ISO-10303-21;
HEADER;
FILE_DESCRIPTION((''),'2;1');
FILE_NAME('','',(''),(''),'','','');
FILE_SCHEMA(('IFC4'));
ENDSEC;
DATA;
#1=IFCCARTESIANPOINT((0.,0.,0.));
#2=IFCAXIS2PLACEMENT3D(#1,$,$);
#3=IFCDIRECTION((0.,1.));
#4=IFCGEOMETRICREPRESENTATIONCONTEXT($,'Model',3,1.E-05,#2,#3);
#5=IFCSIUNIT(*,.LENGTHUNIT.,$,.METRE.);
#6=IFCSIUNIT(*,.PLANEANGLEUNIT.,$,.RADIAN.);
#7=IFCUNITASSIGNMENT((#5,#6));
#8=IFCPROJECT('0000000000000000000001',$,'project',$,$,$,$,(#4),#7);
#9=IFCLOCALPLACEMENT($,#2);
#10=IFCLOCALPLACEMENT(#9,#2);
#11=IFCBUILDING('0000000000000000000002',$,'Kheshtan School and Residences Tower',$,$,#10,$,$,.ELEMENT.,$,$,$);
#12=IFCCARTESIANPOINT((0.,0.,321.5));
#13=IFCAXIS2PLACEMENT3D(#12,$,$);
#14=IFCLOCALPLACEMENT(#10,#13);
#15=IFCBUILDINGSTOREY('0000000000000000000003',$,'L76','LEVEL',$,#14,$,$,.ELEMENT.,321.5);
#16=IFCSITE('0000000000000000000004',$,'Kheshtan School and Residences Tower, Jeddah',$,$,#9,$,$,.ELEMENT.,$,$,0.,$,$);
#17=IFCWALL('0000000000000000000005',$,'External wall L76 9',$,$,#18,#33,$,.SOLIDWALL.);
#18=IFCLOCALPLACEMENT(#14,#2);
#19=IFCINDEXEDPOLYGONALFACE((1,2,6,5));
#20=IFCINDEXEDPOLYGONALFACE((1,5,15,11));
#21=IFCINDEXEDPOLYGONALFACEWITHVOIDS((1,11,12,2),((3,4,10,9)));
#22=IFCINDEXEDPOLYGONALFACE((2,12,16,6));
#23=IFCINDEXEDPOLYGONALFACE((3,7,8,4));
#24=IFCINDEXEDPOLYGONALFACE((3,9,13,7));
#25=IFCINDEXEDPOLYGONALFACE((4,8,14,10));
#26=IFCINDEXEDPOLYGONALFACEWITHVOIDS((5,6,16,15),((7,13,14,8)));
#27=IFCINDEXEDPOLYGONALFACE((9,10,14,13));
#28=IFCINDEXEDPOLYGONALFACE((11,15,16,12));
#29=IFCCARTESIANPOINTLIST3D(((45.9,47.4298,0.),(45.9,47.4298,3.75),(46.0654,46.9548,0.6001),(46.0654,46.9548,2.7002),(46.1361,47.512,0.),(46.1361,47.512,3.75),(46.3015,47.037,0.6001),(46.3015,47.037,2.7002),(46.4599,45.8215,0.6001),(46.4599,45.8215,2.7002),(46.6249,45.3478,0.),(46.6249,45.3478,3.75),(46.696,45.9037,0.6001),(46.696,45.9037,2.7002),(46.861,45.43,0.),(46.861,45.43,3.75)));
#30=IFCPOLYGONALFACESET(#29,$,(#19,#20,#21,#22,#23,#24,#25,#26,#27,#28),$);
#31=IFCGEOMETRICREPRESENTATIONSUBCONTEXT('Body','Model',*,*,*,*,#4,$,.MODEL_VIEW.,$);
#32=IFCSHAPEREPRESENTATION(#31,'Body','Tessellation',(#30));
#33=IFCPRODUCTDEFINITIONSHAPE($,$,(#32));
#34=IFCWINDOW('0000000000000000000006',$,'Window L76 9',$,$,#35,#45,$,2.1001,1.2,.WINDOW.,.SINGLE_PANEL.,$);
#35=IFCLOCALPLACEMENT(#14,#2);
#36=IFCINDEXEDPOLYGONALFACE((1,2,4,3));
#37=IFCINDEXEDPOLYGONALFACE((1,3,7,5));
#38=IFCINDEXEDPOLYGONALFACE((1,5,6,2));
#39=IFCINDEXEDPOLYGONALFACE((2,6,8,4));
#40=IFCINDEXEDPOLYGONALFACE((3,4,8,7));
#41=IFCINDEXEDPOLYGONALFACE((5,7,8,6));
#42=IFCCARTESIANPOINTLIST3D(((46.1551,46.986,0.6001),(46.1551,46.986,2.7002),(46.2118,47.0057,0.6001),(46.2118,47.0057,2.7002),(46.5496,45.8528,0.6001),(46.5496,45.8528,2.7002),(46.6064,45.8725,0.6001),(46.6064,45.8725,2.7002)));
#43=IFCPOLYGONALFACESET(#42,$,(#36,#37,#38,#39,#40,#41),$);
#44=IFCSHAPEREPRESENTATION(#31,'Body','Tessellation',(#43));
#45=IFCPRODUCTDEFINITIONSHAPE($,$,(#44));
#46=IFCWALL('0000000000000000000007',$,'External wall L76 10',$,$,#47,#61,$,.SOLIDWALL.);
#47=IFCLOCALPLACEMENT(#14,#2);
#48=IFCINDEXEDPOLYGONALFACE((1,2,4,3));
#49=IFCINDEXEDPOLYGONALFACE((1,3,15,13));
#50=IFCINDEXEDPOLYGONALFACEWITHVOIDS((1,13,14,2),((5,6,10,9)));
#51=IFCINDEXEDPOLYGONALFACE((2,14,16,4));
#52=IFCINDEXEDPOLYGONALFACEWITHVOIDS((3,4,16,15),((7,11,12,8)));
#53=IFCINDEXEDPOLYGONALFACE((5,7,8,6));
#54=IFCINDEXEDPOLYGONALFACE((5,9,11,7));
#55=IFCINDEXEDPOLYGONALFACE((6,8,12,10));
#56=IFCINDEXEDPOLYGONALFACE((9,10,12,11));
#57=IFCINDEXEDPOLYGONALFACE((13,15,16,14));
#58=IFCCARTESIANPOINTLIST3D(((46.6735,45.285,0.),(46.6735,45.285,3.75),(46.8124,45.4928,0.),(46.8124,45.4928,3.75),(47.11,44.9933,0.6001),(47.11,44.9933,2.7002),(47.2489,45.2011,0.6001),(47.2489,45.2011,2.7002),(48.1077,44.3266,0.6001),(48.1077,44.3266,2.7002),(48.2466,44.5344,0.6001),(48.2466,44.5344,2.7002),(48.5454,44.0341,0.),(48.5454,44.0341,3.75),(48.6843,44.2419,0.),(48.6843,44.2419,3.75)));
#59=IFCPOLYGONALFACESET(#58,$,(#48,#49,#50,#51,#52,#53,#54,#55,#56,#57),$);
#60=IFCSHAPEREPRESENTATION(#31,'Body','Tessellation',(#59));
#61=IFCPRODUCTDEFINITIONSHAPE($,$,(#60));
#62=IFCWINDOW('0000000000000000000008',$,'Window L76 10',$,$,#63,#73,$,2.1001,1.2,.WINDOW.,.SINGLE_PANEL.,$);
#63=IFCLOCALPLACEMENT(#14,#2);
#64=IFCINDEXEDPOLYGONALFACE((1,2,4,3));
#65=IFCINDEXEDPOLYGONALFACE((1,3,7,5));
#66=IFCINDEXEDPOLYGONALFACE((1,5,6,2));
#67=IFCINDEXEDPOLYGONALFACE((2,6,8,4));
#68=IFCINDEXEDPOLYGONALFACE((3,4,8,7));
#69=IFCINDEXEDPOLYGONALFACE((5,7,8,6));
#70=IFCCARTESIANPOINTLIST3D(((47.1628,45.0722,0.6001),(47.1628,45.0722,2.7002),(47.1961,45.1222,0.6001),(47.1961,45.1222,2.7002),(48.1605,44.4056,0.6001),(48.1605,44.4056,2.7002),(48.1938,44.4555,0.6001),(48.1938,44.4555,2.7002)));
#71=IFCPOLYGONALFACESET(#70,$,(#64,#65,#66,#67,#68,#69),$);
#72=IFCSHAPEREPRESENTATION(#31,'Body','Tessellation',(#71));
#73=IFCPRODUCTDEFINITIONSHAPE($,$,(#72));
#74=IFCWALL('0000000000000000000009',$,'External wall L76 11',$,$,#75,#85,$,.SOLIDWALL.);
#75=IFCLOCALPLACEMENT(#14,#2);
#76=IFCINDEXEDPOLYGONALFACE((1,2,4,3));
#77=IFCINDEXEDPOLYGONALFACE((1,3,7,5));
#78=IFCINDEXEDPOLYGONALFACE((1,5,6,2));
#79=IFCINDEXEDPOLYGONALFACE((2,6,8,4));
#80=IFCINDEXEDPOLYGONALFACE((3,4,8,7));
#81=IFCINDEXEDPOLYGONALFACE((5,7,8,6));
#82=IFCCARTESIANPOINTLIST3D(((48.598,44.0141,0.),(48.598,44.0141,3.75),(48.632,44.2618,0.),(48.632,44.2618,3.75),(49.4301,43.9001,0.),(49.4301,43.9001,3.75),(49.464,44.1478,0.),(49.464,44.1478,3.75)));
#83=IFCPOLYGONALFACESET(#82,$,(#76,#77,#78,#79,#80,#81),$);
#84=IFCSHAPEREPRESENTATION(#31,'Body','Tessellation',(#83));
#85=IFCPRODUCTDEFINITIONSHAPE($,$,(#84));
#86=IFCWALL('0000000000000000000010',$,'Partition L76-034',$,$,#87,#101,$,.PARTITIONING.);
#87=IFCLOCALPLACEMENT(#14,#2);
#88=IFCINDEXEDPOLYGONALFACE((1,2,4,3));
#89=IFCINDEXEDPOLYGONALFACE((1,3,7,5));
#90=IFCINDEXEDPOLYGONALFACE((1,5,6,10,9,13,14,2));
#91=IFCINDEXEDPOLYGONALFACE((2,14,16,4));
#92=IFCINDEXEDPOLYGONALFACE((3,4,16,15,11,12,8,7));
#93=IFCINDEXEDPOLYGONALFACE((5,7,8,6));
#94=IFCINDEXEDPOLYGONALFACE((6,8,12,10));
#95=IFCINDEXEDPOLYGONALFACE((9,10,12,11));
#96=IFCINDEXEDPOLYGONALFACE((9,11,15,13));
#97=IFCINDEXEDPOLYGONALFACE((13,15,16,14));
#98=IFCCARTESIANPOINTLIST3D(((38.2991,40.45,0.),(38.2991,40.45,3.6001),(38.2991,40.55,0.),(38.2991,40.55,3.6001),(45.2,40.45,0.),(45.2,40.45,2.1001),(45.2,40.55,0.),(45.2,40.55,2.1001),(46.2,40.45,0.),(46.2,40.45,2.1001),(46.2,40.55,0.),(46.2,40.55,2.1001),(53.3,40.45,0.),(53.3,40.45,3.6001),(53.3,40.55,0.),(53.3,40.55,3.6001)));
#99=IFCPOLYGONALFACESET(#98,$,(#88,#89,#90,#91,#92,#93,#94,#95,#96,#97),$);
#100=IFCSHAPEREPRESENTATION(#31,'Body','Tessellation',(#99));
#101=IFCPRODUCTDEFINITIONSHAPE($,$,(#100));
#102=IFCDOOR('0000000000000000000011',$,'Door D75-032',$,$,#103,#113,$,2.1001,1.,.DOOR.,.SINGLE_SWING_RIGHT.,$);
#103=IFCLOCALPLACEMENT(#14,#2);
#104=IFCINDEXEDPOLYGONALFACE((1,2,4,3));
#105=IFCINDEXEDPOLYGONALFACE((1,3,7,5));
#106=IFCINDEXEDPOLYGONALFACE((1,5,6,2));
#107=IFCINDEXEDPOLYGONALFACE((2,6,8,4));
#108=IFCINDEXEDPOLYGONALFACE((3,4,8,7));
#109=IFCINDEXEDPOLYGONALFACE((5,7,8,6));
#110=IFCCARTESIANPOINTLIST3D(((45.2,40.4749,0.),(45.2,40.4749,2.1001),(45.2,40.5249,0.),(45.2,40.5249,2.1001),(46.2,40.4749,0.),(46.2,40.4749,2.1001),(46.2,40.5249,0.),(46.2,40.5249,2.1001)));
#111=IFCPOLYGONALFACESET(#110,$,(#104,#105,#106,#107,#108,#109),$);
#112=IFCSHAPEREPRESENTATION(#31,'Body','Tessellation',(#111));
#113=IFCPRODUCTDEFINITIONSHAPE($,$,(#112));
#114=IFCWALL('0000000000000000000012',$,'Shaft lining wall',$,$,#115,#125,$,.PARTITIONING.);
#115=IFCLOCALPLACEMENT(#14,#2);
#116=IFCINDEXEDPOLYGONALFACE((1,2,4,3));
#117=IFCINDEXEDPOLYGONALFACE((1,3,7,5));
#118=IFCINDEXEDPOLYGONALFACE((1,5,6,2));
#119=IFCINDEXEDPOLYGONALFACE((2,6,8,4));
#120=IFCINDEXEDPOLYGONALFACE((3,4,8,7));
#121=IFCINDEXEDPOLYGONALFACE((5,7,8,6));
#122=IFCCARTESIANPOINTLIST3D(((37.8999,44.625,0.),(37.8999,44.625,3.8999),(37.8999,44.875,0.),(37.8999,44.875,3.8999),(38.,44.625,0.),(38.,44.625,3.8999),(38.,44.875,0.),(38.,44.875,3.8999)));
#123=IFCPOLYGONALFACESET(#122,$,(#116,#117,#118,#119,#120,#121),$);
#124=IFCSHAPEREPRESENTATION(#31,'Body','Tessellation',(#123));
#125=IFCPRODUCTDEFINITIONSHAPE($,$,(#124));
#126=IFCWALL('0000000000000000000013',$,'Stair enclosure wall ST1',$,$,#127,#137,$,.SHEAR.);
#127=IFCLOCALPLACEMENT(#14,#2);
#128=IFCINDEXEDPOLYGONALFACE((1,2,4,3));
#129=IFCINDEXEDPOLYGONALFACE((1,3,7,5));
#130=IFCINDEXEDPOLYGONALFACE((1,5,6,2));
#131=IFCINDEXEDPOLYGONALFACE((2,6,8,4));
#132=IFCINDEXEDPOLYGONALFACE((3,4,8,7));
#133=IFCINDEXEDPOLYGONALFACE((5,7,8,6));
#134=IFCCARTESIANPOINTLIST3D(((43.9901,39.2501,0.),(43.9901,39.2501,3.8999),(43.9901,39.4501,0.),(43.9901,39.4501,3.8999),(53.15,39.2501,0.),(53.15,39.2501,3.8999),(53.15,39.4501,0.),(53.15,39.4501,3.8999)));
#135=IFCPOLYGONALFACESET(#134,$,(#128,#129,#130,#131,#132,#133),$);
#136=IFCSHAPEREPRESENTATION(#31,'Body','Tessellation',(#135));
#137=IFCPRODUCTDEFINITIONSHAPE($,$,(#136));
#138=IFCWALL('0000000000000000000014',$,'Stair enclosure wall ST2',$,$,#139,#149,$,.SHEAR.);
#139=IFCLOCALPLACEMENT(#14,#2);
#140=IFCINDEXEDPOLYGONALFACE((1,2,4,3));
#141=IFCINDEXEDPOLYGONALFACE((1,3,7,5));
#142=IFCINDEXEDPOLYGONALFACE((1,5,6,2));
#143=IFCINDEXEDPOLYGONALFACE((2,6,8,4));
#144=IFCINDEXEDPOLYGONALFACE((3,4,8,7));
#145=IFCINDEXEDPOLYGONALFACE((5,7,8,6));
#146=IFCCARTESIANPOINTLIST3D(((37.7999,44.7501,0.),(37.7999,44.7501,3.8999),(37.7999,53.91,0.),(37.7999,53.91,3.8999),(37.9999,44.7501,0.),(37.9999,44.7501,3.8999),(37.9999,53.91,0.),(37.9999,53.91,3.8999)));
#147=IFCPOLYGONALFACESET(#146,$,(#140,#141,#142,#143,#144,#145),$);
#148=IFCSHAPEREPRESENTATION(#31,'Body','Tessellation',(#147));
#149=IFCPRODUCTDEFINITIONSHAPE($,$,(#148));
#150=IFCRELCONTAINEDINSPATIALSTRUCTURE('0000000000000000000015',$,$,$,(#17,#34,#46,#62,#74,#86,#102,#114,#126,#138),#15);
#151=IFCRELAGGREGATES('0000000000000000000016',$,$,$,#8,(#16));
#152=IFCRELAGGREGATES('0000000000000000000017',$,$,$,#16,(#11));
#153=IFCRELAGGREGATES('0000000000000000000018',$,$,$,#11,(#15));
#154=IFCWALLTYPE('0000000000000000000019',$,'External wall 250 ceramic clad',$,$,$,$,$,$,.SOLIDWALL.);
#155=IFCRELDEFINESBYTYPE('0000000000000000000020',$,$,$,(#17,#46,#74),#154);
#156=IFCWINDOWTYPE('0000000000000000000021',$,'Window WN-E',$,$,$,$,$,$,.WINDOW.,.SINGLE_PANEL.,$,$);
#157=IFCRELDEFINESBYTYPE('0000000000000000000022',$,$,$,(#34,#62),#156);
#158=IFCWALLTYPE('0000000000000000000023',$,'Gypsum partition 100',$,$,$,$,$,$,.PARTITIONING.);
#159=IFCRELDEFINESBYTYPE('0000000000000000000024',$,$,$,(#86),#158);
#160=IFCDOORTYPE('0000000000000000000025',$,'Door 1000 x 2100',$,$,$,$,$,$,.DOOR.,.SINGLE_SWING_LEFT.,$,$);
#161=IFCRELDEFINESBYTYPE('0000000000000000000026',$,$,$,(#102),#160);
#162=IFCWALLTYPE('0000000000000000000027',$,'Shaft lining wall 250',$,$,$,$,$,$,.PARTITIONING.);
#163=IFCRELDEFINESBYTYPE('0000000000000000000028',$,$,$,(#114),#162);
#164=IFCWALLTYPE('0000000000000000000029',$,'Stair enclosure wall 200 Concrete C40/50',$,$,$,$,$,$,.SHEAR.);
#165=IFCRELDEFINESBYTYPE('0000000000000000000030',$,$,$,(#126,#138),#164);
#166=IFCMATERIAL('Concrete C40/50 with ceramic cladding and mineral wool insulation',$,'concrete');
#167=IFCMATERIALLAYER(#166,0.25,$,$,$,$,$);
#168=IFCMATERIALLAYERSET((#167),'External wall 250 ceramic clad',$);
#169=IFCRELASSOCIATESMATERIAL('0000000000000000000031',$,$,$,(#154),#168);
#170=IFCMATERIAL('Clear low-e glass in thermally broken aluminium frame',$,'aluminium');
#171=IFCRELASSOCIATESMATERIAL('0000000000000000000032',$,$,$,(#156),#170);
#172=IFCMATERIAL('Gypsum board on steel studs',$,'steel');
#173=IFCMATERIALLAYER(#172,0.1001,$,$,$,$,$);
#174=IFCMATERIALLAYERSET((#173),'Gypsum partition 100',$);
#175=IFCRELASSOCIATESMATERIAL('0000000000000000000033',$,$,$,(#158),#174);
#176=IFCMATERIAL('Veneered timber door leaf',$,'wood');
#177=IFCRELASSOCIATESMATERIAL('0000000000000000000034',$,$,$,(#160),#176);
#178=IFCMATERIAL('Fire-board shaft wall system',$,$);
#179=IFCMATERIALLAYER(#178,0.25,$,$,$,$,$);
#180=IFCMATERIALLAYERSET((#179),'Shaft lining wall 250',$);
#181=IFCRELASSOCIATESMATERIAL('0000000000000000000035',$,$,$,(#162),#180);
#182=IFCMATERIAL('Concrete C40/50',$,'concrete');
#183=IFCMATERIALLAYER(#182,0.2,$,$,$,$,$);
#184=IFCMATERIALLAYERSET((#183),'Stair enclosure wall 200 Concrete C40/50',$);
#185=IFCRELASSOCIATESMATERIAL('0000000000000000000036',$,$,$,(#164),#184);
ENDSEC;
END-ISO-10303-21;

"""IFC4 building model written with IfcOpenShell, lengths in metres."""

from ifc_helpers import new_model, si_unit, direction, frame, frame_2d, origin, place, context, subcontext, project, spatial, rectangle, extrude, source, transform, mapped, material, layer, layer_set, type_object, element, fill, save


model = new_model("IFC4")

# Units and contexts
model_context = context("Model", 3, precision=1e-05, world=origin(), true_north=direction((0.0, 1.0)))
body_context = subcontext(model_context, "Body", "Model", "MODEL_VIEW")
ifc_project = project(units=[si_unit("LENGTHUNIT", "METRE"), si_unit("PLANEANGLEUNIT", "RADIAN")], contexts=[model_context])

# Site, building, storey
site_placement = place(None, origin())
site = spatial("IfcSite", under=ifc_project, at=site_placement, Name="Kheshtan School and Residences Tower, Jeddah", CompositionType="ELEMENT", RefElevation=0.0)
building_placement = place(site_placement, origin())
building = spatial("IfcBuilding", under=site, at=building_placement, Name="Kheshtan School and Residences Tower", CompositionType="ELEMENT")
storey_placement = place(building_placement, frame((0.0, 0.0, 321.5)))
storey = spatial("IfcBuildingStorey", under=building, at=storey_placement, Name="L76", Description="LEVEL", CompositionType="ELEMENT", Elevation=321.5)

# Shared definitions
ifc_material_1 = material(Name="Clear low-e glass in thermally broken aluminium frame", Category="aluminium")

# Walls, openings, windows
ifc_material_2 = material(Name="Concrete C40/50 with ceramic cladding and mineral wool insulation", Category="concrete")
ifc_layer_1 = layer(ifc_material_2, 0.25)
ifc_layer_set_1 = layer_set([ifc_layer_1], Name="External wall 250 ceramic clad")
wall_type_1 = type_object("IfcWallType", Name="External wall 250 ceramic clad", PredefinedType="SOLIDWALL", material=ifc_layer_set_1)
wall_1_placement = place(storey_placement, frame((46.0181, 47.4709, 0.0), z_axis=(0.0, 0.0, 1.0), x_axis=(0.328791, -0.944403, 0.0)))
wall_1 = element("IfcWall", 1, at=wall_1_placement, inside=storey, type_object=wall_type_1, Name="External wall L76 9", PredefinedType="SOLIDWALL", context=body_context, shape_type="SweptSolid", body=[
    extrude(rectangle(XDim=2.2046, YDim=0.25, at=frame_2d((1.1023, 0.0))), origin(), (0.0, 0.0, 1.0), 3.75),
])
opening_1_placement = place(wall_1_placement, frame((0.5029, 0.0, 0.6001)))
opening_1 = element("IfcOpeningElement", 2, at=opening_1_placement, cuts=wall_1, PredefinedType="OPENING", context=body_context, shape_type="SweptSolid", body=[
    extrude(rectangle(XDim=1.2, YDim=2.1001, at=frame_2d((0.6001, 1.05))), frame((0.0, 0.135, 0.0), z_axis=(0.0, -1.0, 0.0), x_axis=(1.0, 0.0, 0.0)), (0.0, 0.0, 1.0), 0.27),
])
window_type = type_object("IfcWindowType", Name="Window WN-E", PartitioningType="SINGLE_PANEL", PredefinedType="WINDOW", material=ifc_material_1)
shared_shape_1 = source(origin(), body_context, "Body", "SweptSolid", [
    extrude(rectangle(XDim=1.2, YDim=2.1001, at=frame_2d((0.6001, 1.05))), frame((0.0, 0.03, 0.0), z_axis=(0.0, -1.0, 0.0), x_axis=(1.0, 0.0, 0.0)), (0.0, 0.0, 1.0), 0.0601),
])
window_1_placement = place(opening_1_placement, origin())
window_1 = element("IfcWindow", 3, at=window_1_placement, inside=storey, type_object=window_type, Name="Window L76 9", OverallHeight=2.1001, OverallWidth=1.2, PartitioningType="SINGLE_PANEL", PredefinedType="WINDOW", context=body_context, shape_type="MappedRepresentation", body=[
    mapped(shared_shape_1, transform((0.0, 0.0, 0.0), x_axis=(1.0, 0.0, 0.0), y_axis=(0.0, 1.0, 0.0), z_axis=(0.0, 0.0, 1.0), scale=1.0)),
])
fill(opening_1, window_1)
wall_2_placement = place(storey_placement, frame((46.7429, 45.3889, 0.0), z_axis=(0.0, 0.0, 1.0), x_axis=(0.831449, -0.555601, 0.0)))
wall_2 = element("IfcWall", 4, at=wall_2_placement, inside=storey, type_object=wall_type_1, Name="External wall L76 10", PredefinedType="SOLIDWALL", context=body_context, shape_type="SweptSolid", body=[
    extrude(rectangle(XDim=2.2515, YDim=0.25, at=frame_2d((1.1257, 0.0))), origin(), (0.0, 0.0, 1.0), 3.75),
])
opening_2_placement = place(wall_2_placement, frame((0.5249, 0.0, 0.6001)))
opening_2 = element("IfcOpeningElement", 5, at=opening_2_placement, cuts=wall_2, PredefinedType="OPENING", context=body_context, shape_type="SweptSolid", body=[
    extrude(rectangle(XDim=1.2, YDim=2.1001, at=frame_2d((0.6001, 1.05))), frame((0.0, 0.135, 0.0), z_axis=(0.0, -1.0, 0.0), x_axis=(1.0, 0.0, 0.0)), (0.0, 0.0, 1.0), 0.27),
])
window_2_placement = place(opening_2_placement, origin())
window_2 = element("IfcWindow", 6, at=window_2_placement, inside=storey, type_object=window_type, Name="Window L76 10", OverallHeight=2.1001, OverallWidth=1.2, PartitioningType="SINGLE_PANEL", PredefinedType="WINDOW", context=body_context, shape_type="MappedRepresentation", body=[
    mapped(shared_shape_1, transform((0.0, 0.0, 0.0), x_axis=(1.0, 0.0, 0.0), y_axis=(0.0, 1.0, 0.0), z_axis=(0.0, 0.0, 1.0), scale=1.0)),
])
fill(opening_2, window_2)

# Wall
wall_3_placement = place(storey_placement, frame((48.615, 44.1379, 0.0), z_axis=(0.0, 0.0, 1.0), x_axis=(0.990742, -0.135762, 0.0)))
element("IfcWall", 7, at=wall_3_placement, inside=storey, type_object=wall_type_1, Name="External wall L76 11", PredefinedType="SOLIDWALL", context=body_context, shape_type="SweptSolid", body=[
    extrude(rectangle(XDim=0.8398, YDim=0.25, at=frame_2d((0.4199, 0.0))), origin(), (0.0, 0.0, 1.0), 3.75),
])

# Wall, opening, door
ifc_material_3 = material(Name="Gypsum board on steel studs", Category="steel")
ifc_layer_2 = layer(ifc_material_3, 0.1001)
ifc_layer_set_2 = layer_set([ifc_layer_2], Name="Gypsum partition 100")
wall_type_2 = type_object("IfcWallType", Name="Gypsum partition 100", PredefinedType="PARTITIONING", material=ifc_layer_set_2)
wall_4_placement = place(storey_placement, frame((38.2991, 40.5, 0.0), z_axis=(0.0, 0.0, 1.0), x_axis=(1.0, 0.0, 0.0)))
wall_4 = element("IfcWall", 8, at=wall_4_placement, inside=storey, type_object=wall_type_2, Name="Partition L76-034", PredefinedType="PARTITIONING", context=body_context, shape_type="SweptSolid", body=[
    extrude(rectangle(XDim=15.001, YDim=0.1001, at=frame_2d((7.5005, 0.0))), origin(), (0.0, 0.0, 1.0), 3.6001),
])
opening_3_placement = place(wall_4_placement, frame((6.9009, 0.0, 0.0)))
opening_3 = element("IfcOpeningElement", 9, at=opening_3_placement, cuts=wall_4, PredefinedType="OPENING", context=body_context, shape_type="SweptSolid", body=[
    extrude(rectangle(XDim=1.0, YDim=2.1001, at=frame_2d((0.5, 1.05))), frame((0.0, 0.0601, 0.0), z_axis=(0.0, -1.0, 0.0), x_axis=(1.0, 0.0, 0.0)), (0.0, 0.0, 1.0), 0.1201),
])
ifc_material_4 = material(Name="Veneered timber door leaf", Category="wood")
door_type_1 = type_object("IfcDoorType", Name="Door 1000 x 2100", OperationType="SINGLE_SWING_LEFT", PredefinedType="DOOR", material=ifc_material_4)
shared_shape_2 = source(origin(), body_context, "Body", "SweptSolid", [
    extrude(rectangle(XDim=1.0, YDim=2.1001, at=frame_2d((0.5, 1.05))), frame((0.0, 0.0249, 0.0), z_axis=(0.0, -1.0, 0.0), x_axis=(1.0, 0.0, 0.0)), (0.0, 0.0, 1.0), 0.05),
])
door_1_placement = place(opening_3_placement, origin())
door_1 = element("IfcDoor", 10, at=door_1_placement, inside=storey, type_object=door_type_1, Name="Door D75-032", OperationType="SINGLE_SWING_RIGHT", OverallHeight=2.1001, OverallWidth=1.0, PredefinedType="DOOR", context=body_context, shape_type="MappedRepresentation", body=[
    mapped(shared_shape_2, transform((0.0, 0.0, 0.0), x_axis=(1.0, 0.0, 0.0), y_axis=(0.0, 1.0, 0.0), z_axis=(0.0, 0.0, 1.0), scale=1.0)),
])
fill(opening_3, door_1)

# Walls
ifc_material_5 = material(Name="Fire-board shaft wall system")
ifc_layer_3 = layer(ifc_material_5, 0.25)
ifc_layer_set_3 = layer_set([ifc_layer_3], Name="Shaft lining wall 250")
wall_type_3 = type_object("IfcWallType", Name="Shaft lining wall 250", PredefinedType="PARTITIONING", material=ifc_layer_set_3)
wall_5_placement = place(storey_placement, frame((37.8999, 44.75, 0.0), z_axis=(0.0, 0.0, 1.0), x_axis=(1.0, 0.0, 0.0)))
element("IfcWall", 11, at=wall_5_placement, inside=storey, type_object=wall_type_3, Name="Shaft lining wall", PredefinedType="PARTITIONING", context=body_context, shape_type="SweptSolid", body=[
    extrude(rectangle(XDim=0.1001, YDim=0.25, at=frame_2d((0.05, 0.0))), origin(), (0.0, 0.0, 1.0), 3.8999),
])
ifc_material_6 = material(Name="Concrete C40/50", Category="concrete")
ifc_layer_4 = layer(ifc_material_6, 0.2)
ifc_layer_set_4 = layer_set([ifc_layer_4], Name="Stair enclosure wall 200 Concrete C40/50")
wall_type_4 = type_object("IfcWallType", Name="Stair enclosure wall 200 Concrete C40/50", PredefinedType="SHEAR", material=ifc_layer_set_4)
for number, where, z_axis, x_axis, name in (
    (12, (43.99, 39.3501, 0.0), (0.0, 0.0, 1.0), (1.0, 0.0, 0.0), "Stair enclosure wall ST1"),
    (13, (37.8999, 44.75, 0.0), (0.0, 0.0, 1.0), (0.0, 1.0, 0.0), "Stair enclosure wall ST2"),
):
    element("IfcWall", number, at=place(storey_placement, frame(where, z_axis=z_axis, x_axis=x_axis)), inside=storey, type_object=wall_type_4, Name=name, PredefinedType="SHEAR", context=body_context, shape_type="SweptSolid", body=[
        extrude(rectangle(XDim=9.1599, YDim=0.2, at=frame_2d((4.5801, 0.0))), origin(), (0.0, 0.0, 1.0), 3.8999),
    ])

save(model, "model.ifc")
